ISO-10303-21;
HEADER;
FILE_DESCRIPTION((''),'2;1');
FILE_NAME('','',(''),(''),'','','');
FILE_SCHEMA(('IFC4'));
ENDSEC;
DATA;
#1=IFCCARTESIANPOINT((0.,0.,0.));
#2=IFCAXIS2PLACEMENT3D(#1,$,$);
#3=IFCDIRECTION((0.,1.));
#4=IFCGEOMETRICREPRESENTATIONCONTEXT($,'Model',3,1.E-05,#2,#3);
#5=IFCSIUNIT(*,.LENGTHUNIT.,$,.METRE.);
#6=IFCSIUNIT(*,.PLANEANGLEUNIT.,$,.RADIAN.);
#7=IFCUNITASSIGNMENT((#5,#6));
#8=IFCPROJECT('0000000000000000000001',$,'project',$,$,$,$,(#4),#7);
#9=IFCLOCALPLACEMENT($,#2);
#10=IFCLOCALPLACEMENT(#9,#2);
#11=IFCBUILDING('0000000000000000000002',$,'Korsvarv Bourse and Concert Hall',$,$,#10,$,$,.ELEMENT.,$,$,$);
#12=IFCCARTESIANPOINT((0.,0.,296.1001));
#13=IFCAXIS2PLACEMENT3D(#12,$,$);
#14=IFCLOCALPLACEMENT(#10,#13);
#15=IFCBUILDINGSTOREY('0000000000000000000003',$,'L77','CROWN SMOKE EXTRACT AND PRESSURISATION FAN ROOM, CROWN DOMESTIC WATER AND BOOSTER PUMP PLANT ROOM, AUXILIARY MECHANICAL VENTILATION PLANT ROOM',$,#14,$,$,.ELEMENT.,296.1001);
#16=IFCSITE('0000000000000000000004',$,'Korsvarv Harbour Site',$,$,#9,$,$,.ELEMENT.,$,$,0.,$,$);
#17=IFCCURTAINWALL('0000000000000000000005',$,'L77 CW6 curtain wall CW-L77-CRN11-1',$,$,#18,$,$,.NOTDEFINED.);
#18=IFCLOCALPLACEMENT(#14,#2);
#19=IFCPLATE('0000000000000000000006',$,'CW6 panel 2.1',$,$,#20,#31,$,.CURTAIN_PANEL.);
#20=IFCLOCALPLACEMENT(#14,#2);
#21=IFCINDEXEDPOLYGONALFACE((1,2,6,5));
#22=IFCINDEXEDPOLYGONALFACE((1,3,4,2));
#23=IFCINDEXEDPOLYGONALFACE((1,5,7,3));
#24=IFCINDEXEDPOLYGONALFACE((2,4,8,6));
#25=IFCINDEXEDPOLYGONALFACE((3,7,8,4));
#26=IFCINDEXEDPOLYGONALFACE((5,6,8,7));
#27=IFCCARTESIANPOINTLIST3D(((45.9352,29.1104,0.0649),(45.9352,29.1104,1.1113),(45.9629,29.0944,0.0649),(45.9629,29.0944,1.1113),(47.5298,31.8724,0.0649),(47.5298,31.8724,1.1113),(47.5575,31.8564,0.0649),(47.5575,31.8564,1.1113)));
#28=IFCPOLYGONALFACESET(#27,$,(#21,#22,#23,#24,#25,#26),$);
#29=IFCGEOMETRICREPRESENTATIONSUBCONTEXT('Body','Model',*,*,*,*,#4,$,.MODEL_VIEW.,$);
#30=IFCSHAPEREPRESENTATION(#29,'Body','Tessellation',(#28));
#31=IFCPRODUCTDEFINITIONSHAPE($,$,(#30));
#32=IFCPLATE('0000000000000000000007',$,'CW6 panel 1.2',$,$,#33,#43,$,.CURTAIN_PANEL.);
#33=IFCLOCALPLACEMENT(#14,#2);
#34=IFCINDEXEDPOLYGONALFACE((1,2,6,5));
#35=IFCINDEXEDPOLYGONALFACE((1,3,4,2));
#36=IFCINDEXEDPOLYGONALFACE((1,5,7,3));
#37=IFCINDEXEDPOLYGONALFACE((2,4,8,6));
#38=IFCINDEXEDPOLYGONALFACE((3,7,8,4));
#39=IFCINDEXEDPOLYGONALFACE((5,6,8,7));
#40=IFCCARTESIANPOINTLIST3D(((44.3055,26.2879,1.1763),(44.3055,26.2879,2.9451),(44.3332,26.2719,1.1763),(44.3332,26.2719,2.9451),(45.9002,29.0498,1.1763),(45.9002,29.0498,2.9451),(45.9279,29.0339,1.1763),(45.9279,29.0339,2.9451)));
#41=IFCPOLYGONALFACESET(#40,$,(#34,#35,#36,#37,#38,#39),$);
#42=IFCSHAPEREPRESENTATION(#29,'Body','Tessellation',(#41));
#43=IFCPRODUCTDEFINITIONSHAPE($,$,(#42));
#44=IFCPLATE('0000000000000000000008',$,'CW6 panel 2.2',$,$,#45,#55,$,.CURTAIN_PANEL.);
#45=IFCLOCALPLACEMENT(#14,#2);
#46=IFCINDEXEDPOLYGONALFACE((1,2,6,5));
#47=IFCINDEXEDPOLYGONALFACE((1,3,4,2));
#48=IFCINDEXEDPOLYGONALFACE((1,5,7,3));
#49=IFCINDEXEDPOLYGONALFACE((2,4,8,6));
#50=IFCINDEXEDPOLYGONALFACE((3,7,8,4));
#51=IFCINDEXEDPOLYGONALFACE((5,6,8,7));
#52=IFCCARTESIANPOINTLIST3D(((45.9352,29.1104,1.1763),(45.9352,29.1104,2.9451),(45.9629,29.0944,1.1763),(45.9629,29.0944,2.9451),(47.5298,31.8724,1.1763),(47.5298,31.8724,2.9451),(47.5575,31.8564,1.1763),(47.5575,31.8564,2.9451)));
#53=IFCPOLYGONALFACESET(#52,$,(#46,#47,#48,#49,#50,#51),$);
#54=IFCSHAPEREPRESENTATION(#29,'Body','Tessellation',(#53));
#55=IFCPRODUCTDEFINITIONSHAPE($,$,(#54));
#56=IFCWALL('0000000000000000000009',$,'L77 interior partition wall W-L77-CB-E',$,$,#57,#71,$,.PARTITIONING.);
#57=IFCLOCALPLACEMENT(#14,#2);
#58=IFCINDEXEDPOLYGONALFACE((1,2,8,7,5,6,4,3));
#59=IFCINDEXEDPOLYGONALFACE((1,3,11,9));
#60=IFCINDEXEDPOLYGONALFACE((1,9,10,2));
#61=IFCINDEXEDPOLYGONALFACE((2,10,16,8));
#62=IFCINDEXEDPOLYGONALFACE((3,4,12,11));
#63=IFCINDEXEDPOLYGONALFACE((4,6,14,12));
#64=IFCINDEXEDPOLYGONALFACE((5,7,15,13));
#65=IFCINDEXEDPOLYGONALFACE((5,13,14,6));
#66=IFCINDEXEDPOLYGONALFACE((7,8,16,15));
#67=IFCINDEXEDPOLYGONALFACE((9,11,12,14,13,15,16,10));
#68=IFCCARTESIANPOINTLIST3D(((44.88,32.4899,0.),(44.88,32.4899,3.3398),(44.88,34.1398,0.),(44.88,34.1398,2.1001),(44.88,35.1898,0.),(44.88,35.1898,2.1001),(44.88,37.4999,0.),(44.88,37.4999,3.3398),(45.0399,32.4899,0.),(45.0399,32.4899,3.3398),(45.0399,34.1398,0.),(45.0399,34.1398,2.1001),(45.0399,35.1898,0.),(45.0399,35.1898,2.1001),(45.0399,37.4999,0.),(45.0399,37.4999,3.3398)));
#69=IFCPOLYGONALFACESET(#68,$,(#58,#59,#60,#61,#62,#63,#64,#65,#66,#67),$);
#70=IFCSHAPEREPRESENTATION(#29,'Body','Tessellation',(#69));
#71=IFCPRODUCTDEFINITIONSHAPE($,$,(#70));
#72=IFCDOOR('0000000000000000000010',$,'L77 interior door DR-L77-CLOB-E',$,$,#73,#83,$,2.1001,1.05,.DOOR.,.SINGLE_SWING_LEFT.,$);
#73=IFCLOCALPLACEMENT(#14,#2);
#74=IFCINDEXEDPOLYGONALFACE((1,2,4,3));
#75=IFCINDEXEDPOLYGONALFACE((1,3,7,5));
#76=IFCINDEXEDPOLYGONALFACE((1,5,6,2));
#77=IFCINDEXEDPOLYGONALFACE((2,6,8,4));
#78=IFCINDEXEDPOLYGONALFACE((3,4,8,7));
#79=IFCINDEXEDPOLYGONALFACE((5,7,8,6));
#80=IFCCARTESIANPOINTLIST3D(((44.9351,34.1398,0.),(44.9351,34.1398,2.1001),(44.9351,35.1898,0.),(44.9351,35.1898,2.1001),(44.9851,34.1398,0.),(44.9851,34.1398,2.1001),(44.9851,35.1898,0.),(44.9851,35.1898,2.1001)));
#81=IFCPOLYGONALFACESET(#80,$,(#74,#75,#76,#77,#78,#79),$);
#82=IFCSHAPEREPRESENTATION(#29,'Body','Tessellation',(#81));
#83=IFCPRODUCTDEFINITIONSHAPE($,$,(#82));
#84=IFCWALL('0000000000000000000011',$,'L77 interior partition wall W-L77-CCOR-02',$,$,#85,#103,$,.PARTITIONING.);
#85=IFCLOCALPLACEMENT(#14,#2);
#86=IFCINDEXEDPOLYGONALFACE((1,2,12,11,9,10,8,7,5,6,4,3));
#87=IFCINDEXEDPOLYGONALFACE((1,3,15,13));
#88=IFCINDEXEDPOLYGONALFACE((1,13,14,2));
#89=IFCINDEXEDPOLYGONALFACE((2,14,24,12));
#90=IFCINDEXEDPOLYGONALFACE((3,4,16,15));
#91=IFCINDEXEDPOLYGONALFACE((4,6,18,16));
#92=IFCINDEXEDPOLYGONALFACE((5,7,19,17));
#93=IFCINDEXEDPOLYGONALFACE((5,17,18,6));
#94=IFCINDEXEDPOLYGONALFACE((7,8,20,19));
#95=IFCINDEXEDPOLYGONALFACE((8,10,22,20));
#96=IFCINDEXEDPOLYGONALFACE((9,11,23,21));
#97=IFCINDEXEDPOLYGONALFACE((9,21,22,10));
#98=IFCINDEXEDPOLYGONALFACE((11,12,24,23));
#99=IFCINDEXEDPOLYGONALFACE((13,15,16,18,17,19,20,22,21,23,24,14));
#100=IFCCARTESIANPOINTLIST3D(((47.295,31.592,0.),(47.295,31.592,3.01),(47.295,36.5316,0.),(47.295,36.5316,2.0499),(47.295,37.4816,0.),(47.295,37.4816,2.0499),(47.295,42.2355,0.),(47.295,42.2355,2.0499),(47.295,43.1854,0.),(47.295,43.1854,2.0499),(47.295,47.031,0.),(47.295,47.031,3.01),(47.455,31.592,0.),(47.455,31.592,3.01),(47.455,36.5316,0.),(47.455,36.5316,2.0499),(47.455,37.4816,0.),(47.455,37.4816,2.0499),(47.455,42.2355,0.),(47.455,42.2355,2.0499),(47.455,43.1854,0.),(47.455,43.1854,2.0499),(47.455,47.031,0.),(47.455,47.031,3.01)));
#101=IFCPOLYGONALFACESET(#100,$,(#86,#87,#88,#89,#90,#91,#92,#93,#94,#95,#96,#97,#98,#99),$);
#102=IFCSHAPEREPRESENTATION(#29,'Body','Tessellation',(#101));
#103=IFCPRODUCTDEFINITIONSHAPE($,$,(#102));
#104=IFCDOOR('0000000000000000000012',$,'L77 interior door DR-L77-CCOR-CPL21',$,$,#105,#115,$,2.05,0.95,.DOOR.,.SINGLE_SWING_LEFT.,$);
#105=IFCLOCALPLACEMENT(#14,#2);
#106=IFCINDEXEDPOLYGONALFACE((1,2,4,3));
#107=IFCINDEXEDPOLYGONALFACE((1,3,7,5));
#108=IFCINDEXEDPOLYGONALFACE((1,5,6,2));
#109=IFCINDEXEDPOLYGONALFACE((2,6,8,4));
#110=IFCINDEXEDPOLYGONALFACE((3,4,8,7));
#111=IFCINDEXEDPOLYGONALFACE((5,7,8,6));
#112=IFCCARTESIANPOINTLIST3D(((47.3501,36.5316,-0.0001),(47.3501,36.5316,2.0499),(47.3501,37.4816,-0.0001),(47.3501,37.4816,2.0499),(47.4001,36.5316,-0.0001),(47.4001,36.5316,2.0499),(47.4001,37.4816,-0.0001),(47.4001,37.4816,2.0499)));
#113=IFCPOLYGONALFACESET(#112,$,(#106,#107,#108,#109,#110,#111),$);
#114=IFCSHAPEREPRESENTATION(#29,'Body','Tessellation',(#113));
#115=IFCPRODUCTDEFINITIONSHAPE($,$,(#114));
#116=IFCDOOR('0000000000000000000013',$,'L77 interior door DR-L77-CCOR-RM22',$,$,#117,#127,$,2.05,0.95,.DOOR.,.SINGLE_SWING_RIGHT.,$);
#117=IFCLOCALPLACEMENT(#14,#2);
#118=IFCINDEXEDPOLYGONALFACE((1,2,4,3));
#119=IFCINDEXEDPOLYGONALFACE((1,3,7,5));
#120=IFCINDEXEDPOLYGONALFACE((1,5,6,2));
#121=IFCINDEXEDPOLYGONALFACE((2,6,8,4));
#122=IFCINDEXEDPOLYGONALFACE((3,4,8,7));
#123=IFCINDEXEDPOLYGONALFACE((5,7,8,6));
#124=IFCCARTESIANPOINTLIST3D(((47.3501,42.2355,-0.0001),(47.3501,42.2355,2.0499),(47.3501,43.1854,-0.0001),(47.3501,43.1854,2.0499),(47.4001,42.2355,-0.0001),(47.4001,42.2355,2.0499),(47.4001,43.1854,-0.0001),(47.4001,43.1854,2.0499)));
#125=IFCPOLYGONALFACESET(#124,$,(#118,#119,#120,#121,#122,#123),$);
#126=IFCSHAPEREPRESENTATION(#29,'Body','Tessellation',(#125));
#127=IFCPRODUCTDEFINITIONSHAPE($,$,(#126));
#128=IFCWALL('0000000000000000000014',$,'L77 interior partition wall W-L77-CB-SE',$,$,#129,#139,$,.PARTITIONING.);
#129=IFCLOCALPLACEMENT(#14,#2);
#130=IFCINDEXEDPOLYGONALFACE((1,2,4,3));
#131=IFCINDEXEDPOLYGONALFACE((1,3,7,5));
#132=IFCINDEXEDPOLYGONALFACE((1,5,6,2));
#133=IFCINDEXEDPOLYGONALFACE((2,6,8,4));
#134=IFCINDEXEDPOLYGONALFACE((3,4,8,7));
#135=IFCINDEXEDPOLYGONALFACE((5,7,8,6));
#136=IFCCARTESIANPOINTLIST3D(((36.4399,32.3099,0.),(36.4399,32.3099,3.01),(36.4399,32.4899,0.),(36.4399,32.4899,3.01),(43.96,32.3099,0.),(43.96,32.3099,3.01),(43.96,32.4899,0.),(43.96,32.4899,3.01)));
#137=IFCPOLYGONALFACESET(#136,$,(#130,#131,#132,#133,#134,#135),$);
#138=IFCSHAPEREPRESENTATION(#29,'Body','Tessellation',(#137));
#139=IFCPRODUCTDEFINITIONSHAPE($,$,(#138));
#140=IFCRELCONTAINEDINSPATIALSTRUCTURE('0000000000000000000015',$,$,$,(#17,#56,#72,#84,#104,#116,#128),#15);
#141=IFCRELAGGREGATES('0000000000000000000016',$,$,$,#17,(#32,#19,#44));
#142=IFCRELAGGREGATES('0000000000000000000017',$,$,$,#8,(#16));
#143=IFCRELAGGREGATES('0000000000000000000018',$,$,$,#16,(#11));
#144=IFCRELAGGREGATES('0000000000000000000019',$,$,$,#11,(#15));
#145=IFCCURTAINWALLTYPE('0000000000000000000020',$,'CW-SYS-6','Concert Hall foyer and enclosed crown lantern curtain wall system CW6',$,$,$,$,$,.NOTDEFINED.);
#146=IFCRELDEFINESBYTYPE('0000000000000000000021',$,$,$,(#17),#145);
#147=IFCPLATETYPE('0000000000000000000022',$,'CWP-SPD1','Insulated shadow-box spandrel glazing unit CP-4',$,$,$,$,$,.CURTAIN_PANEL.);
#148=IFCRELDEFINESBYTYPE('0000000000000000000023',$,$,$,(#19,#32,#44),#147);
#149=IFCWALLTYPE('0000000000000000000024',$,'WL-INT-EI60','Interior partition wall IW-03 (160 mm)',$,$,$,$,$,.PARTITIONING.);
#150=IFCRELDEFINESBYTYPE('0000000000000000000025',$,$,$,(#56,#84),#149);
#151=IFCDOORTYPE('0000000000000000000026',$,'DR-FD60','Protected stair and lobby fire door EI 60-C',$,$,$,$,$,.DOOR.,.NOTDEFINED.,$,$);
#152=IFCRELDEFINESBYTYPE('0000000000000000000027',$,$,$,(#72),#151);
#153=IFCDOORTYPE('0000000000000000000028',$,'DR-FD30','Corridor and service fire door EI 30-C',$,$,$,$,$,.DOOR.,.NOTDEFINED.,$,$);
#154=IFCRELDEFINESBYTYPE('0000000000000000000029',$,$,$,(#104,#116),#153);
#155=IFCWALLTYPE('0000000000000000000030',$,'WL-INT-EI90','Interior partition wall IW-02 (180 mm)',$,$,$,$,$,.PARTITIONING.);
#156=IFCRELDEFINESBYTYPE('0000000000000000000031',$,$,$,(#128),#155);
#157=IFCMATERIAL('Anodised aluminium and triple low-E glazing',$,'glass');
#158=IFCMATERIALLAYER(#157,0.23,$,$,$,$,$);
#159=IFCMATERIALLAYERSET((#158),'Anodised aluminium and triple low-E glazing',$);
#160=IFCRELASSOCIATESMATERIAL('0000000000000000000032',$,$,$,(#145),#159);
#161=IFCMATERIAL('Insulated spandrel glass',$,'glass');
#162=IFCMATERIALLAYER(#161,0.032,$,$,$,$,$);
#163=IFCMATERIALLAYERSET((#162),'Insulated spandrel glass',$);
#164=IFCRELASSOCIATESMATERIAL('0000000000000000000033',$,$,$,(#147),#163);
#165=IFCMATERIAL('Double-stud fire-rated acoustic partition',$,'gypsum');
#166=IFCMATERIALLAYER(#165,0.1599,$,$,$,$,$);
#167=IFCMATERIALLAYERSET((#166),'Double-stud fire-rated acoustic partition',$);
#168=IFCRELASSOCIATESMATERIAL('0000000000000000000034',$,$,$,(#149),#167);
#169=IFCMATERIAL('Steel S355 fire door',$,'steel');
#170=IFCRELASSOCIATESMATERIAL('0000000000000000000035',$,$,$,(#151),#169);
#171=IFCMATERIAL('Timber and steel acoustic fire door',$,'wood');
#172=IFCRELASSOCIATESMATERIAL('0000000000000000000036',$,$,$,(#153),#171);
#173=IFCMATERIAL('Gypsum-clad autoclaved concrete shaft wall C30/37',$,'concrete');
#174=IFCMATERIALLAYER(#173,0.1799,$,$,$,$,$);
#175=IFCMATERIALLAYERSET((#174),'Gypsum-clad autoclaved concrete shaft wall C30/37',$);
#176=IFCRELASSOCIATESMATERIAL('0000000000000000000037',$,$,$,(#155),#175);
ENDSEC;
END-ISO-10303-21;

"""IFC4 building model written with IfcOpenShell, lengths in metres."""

from ifc_helpers import new_model, si_unit, direction, frame, frame_2d, origin, origin_2d, place, context, subcontext, project, spatial, rectangle, extrude, source, transform, mapped, material, layer, layer_set, type_object, element, fill, aggregate, save


model = new_model("IFC4")

# Units and contexts
model_context = context("Model", 3, precision=1e-05, world=origin(), true_north=direction((0.0, 1.0)))
body_context = subcontext(model_context, "Body", "Model", "MODEL_VIEW")
ifc_project = project(units=[si_unit("LENGTHUNIT", "METRE"), si_unit("PLANEANGLEUNIT", "RADIAN")], contexts=[model_context])

# Site, building, storey
site_placement = place(None, origin())
site = spatial("IfcSite", under=ifc_project, at=site_placement, Name="Korsvarv Harbour Site", CompositionType="ELEMENT", RefElevation=0.0)
building_placement = place(site_placement, origin())
building = spatial("IfcBuilding", under=site, at=building_placement, Name="Korsvarv Bourse and Concert Hall", CompositionType="ELEMENT")
storey_placement = place(building_placement, frame((0.0, 0.0, 296.1001)))
storey = spatial("IfcBuildingStorey", under=building, at=storey_placement, Name="L77", Description="CROWN SMOKE EXTRACT AND PRESSURISATION FAN ROOM, CROWN DOMESTIC WATER AND BOOSTER PUMP PLANT ROOM, AUXILIARY MECHANICAL VENTILATION PLANT ROOM", CompositionType="ELEMENT", Elevation=296.1001)

# Curtain wall
ifc_material_1 = material(Name="Anodised aluminium and triple low-E glazing", Category="glass")
ifc_layer_1 = layer(ifc_material_1, 0.23)
ifc_layer_set_1 = layer_set([ifc_layer_1], Name="Anodised aluminium and triple low-E glazing")
curtain_wall_type = type_object("IfcCurtainWallType", Name="CW-SYS-6", Description="Concert Hall foyer and enclosed crown lantern curtain wall system CW6", PredefinedType="NOTDEFINED", material=ifc_layer_set_1)
curtain_wall_1_placement = place(storey_placement, origin())
curtain_wall_1 = element("IfcCurtainWall", 1, at=curtain_wall_1_placement, inside=storey, type_object=curtain_wall_type, Name="L77 CW6 curtain wall CW-L77-CRN11-1", PredefinedType="NOTDEFINED")

# Plates
ifc_material_2 = material(Name="Insulated spandrel glass", Category="glass")
ifc_layer_2 = layer(ifc_material_2, 0.032)
ifc_layer_set_2 = layer_set([ifc_layer_2], Name="Insulated spandrel glass")
plate_type = type_object("IfcPlateType", Name="CWP-SPD1", Description="Insulated shadow-box spandrel glazing unit CP-4", PredefinedType="CURTAIN_PANEL", material=ifc_layer_set_2)
shared_shape_1 = source(origin(), body_context, "Body", "SweptSolid", [
    extrude(rectangle(XDim=3.1892, YDim=0.032, at=origin_2d()), origin(), (0.0, 0.0, 1.0), 1.0464),
])
plate_1_placement = place(storey_placement, frame((46.7463, 30.4834, 0.0649), z_axis=(0.0, 0.0, 1.0), x_axis=(0.500008, 0.866021, 0.0)))
plate_1 = element("IfcPlate", 2, at=plate_1_placement, type_object=plate_type, Name="CW6 panel 2.1", PredefinedType="CURTAIN_PANEL", context=body_context, shape_type="MappedRepresentation", body=[
    mapped(shared_shape_1, transform((0.0, 0.0, 0.0), scale=1.0)),
])
shared_shape_2 = source(origin(), body_context, "Body", "SweptSolid", [
    extrude(rectangle(XDim=3.1892, YDim=0.032, at=origin_2d()), origin(), (0.0, 0.0, 1.0), 1.7688),
])
plate_2_placement = place(storey_placement, frame((45.1167, 27.6609, 1.1763), z_axis=(0.0, 0.0, 1.0), x_axis=(0.500008, 0.866021, 0.0)))
plate_2 = element("IfcPlate", 3, at=plate_2_placement, type_object=plate_type, Name="CW6 panel 1.2", PredefinedType="CURTAIN_PANEL", context=body_context, shape_type="MappedRepresentation", body=[
    mapped(shared_shape_2, transform((0.0, 0.0, 0.0), scale=1.0)),
])
plate_3_placement = place(storey_placement, frame((46.7463, 30.4834, 1.1763), z_axis=(0.0, 0.0, 1.0), x_axis=(0.500008, 0.866021, 0.0)))
plate_3 = element("IfcPlate", 4, at=plate_3_placement, type_object=plate_type, Name="CW6 panel 2.2", PredefinedType="CURTAIN_PANEL", context=body_context, shape_type="MappedRepresentation", body=[
    mapped(shared_shape_2, transform((0.0, 0.0, 0.0), scale=1.0)),
])
aggregate(curtain_wall_1, [plate_2, plate_1, plate_3])

# Wall, opening, door
ifc_material_3 = material(Name="Double-stud fire-rated acoustic partition", Category="gypsum")
ifc_layer_3 = layer(ifc_material_3, 0.1599)
ifc_layer_set_3 = layer_set([ifc_layer_3], Name="Double-stud fire-rated acoustic partition")
wall_type_1 = type_object("IfcWallType", Name="WL-INT-EI60", Description="Interior partition wall IW-03 (160 mm)", PredefinedType="PARTITIONING", material=ifc_layer_set_3)
wall_1_placement = place(storey_placement, frame((44.96, 32.49, 0.0), z_axis=(0.0, 0.0, 1.0), x_axis=(0.0, 1.0, 0.0)))
wall_1 = element("IfcWall", 5, at=wall_1_placement, inside=storey, type_object=wall_type_1, Name="L77 interior partition wall W-L77-CB-E", PredefinedType="PARTITIONING", context=body_context, shape_type="SweptSolid", body=[
    extrude(rectangle(XDim=5.01, YDim=0.1599, at=frame_2d((2.5049, 0.0))), origin(), (0.0, 0.0, 1.0), 3.3398),
])
opening_1_placement = place(wall_1_placement, frame((1.6499, 0.0, 0.0)))
opening_1 = element("IfcOpeningElement", 6, at=opening_1_placement, cuts=wall_1, PredefinedType="OPENING", context=body_context, shape_type="SweptSolid", body=[
    extrude(rectangle(XDim=1.05, YDim=2.1001, at=frame_2d((0.5249, 1.05))), frame((0.0, 0.0898, 0.0), z_axis=(0.0, -1.0, 0.0), x_axis=(1.0, 0.0, 0.0)), (0.0, 0.0, 1.0), 0.1799),
])
ifc_material_4 = material(Name="Steel S355 fire door", Category="steel")
door_type_1 = type_object("IfcDoorType", Name="DR-FD60", Description="Protected stair and lobby fire door EI 60-C", OperationType="NOTDEFINED", PredefinedType="DOOR", material=ifc_material_4)
door_1_placement = place(opening_1_placement, origin())
door_1 = element("IfcDoor", 7, at=door_1_placement, inside=storey, type_object=door_type_1, Name="L77 interior door DR-L77-CLOB-E", OperationType="SINGLE_SWING_LEFT", OverallHeight=2.1001, OverallWidth=1.05, PredefinedType="DOOR", context=body_context, shape_type="SweptSolid", body=[
    extrude(rectangle(XDim=1.05, YDim=2.1001, at=frame_2d((0.5249, 1.05))), frame((0.0, 0.0249, 0.0), z_axis=(0.0, -1.0, 0.0), x_axis=(1.0, 0.0, 0.0)), (0.0, 0.0, 1.0), 0.05),
])
fill(opening_1, door_1)

# Wall, openings, doors
wall_2_placement = place(storey_placement, frame((47.375, 31.592, 0.0), z_axis=(0.0, 0.0, 1.0), x_axis=(0.0, 1.0, 0.0)))
wall_2 = element("IfcWall", 8, at=wall_2_placement, inside=storey, type_object=wall_type_1, Name="L77 interior partition wall W-L77-CCOR-02", PredefinedType="PARTITIONING", context=body_context, shape_type="SweptSolid", body=[
    extrude(rectangle(XDim=15.439, YDim=0.1599, at=frame_2d((7.7195, 0.0))), origin(), (0.0, 0.0, 1.0), 3.01),
])
opening_2_placement = place(wall_2_placement, frame((4.9395, 0.0, 0.0)))
opening_2 = element("IfcOpeningElement", 9, at=opening_2_placement, cuts=wall_2, PredefinedType="OPENING", context=body_context, shape_type="SweptSolid", body=[
    extrude(rectangle(XDim=0.95, YDim=2.05, at=frame_2d((0.4751, 1.0249))), frame((0.0, 0.0898, 0.0), z_axis=(0.0, -1.0, 0.0), x_axis=(1.0, 0.0, 0.0)), (0.0, 0.0, 1.0), 0.1799),
])
opening_3_placement = place(wall_2_placement, frame((10.6433, 0.0, 0.0)))
opening_3 = element("IfcOpeningElement", 10, at=opening_3_placement, cuts=wall_2, PredefinedType="OPENING", context=body_context, shape_type="SweptSolid", body=[
    extrude(rectangle(XDim=0.95, YDim=2.05, at=frame_2d((0.4751, 1.0249))), frame((0.0, 0.0898, 0.0), z_axis=(0.0, -1.0, 0.0), x_axis=(1.0, 0.0, 0.0)), (0.0, 0.0, 1.0), 0.1799),
])
ifc_material_5 = material(Name="Timber and steel acoustic fire door", Category="wood")
door_type_2 = type_object("IfcDoorType", Name="DR-FD30", Description="Corridor and service fire door EI 30-C", OperationType="NOTDEFINED", PredefinedType="DOOR", material=ifc_material_5)
door_2_placement = place(opening_2_placement, origin())
door_2 = element("IfcDoor", 11, at=door_2_placement, inside=storey, type_object=door_type_2, Name="L77 interior door DR-L77-CCOR-CPL21", OperationType="SINGLE_SWING_LEFT", OverallHeight=2.05, OverallWidth=0.95, PredefinedType="DOOR", context=body_context, shape_type="SweptSolid", body=[
    extrude(rectangle(XDim=0.95, YDim=2.05, at=frame_2d((0.4751, 1.0249))), frame((0.0, 0.0249, 0.0), z_axis=(0.0, -1.0, 0.0), x_axis=(1.0, 0.0, 0.0)), (0.0, 0.0, 1.0), 0.05),
])
fill(opening_2, door_2)
door_3_placement = place(opening_3_placement, origin())
door_3 = element("IfcDoor", 12, at=door_3_placement, inside=storey, type_object=door_type_2, Name="L77 interior door DR-L77-CCOR-RM22", OperationType="SINGLE_SWING_RIGHT", OverallHeight=2.05, OverallWidth=0.95, PredefinedType="DOOR", context=body_context, shape_type="SweptSolid", body=[
    extrude(rectangle(XDim=0.95, YDim=2.05, at=frame_2d((0.4751, 1.0249))), frame((0.0, 0.0249, 0.0), z_axis=(0.0, -1.0, 0.0), x_axis=(1.0, 0.0, 0.0)), (0.0, 0.0, 1.0), 0.05),
])
fill(opening_3, door_3)

# Wall
ifc_material_6 = material(Name="Gypsum-clad autoclaved concrete shaft wall C30/37", Category="concrete")
ifc_layer_4 = layer(ifc_material_6, 0.1799)
ifc_layer_set_4 = layer_set([ifc_layer_4], Name="Gypsum-clad autoclaved concrete shaft wall C30/37")
wall_type_2 = type_object("IfcWallType", Name="WL-INT-EI90", Description="Interior partition wall IW-02 (180 mm)", PredefinedType="PARTITIONING", material=ifc_layer_set_4)
wall_3_placement = place(storey_placement, frame((36.4399, 32.3999, 0.0), z_axis=(0.0, 0.0, 1.0), x_axis=(1.0, 0.0, 0.0)))
element("IfcWall", 13, at=wall_3_placement, inside=storey, type_object=wall_type_2, Name="L77 interior partition wall W-L77-CB-SE", PredefinedType="PARTITIONING", context=body_context, shape_type="SweptSolid", body=[
    extrude(rectangle(XDim=7.52, YDim=0.1799, at=frame_2d((3.76, 0.0))), origin(), (0.0, 0.0, 1.0), 3.01),
])

save(model, "model.ifc")
